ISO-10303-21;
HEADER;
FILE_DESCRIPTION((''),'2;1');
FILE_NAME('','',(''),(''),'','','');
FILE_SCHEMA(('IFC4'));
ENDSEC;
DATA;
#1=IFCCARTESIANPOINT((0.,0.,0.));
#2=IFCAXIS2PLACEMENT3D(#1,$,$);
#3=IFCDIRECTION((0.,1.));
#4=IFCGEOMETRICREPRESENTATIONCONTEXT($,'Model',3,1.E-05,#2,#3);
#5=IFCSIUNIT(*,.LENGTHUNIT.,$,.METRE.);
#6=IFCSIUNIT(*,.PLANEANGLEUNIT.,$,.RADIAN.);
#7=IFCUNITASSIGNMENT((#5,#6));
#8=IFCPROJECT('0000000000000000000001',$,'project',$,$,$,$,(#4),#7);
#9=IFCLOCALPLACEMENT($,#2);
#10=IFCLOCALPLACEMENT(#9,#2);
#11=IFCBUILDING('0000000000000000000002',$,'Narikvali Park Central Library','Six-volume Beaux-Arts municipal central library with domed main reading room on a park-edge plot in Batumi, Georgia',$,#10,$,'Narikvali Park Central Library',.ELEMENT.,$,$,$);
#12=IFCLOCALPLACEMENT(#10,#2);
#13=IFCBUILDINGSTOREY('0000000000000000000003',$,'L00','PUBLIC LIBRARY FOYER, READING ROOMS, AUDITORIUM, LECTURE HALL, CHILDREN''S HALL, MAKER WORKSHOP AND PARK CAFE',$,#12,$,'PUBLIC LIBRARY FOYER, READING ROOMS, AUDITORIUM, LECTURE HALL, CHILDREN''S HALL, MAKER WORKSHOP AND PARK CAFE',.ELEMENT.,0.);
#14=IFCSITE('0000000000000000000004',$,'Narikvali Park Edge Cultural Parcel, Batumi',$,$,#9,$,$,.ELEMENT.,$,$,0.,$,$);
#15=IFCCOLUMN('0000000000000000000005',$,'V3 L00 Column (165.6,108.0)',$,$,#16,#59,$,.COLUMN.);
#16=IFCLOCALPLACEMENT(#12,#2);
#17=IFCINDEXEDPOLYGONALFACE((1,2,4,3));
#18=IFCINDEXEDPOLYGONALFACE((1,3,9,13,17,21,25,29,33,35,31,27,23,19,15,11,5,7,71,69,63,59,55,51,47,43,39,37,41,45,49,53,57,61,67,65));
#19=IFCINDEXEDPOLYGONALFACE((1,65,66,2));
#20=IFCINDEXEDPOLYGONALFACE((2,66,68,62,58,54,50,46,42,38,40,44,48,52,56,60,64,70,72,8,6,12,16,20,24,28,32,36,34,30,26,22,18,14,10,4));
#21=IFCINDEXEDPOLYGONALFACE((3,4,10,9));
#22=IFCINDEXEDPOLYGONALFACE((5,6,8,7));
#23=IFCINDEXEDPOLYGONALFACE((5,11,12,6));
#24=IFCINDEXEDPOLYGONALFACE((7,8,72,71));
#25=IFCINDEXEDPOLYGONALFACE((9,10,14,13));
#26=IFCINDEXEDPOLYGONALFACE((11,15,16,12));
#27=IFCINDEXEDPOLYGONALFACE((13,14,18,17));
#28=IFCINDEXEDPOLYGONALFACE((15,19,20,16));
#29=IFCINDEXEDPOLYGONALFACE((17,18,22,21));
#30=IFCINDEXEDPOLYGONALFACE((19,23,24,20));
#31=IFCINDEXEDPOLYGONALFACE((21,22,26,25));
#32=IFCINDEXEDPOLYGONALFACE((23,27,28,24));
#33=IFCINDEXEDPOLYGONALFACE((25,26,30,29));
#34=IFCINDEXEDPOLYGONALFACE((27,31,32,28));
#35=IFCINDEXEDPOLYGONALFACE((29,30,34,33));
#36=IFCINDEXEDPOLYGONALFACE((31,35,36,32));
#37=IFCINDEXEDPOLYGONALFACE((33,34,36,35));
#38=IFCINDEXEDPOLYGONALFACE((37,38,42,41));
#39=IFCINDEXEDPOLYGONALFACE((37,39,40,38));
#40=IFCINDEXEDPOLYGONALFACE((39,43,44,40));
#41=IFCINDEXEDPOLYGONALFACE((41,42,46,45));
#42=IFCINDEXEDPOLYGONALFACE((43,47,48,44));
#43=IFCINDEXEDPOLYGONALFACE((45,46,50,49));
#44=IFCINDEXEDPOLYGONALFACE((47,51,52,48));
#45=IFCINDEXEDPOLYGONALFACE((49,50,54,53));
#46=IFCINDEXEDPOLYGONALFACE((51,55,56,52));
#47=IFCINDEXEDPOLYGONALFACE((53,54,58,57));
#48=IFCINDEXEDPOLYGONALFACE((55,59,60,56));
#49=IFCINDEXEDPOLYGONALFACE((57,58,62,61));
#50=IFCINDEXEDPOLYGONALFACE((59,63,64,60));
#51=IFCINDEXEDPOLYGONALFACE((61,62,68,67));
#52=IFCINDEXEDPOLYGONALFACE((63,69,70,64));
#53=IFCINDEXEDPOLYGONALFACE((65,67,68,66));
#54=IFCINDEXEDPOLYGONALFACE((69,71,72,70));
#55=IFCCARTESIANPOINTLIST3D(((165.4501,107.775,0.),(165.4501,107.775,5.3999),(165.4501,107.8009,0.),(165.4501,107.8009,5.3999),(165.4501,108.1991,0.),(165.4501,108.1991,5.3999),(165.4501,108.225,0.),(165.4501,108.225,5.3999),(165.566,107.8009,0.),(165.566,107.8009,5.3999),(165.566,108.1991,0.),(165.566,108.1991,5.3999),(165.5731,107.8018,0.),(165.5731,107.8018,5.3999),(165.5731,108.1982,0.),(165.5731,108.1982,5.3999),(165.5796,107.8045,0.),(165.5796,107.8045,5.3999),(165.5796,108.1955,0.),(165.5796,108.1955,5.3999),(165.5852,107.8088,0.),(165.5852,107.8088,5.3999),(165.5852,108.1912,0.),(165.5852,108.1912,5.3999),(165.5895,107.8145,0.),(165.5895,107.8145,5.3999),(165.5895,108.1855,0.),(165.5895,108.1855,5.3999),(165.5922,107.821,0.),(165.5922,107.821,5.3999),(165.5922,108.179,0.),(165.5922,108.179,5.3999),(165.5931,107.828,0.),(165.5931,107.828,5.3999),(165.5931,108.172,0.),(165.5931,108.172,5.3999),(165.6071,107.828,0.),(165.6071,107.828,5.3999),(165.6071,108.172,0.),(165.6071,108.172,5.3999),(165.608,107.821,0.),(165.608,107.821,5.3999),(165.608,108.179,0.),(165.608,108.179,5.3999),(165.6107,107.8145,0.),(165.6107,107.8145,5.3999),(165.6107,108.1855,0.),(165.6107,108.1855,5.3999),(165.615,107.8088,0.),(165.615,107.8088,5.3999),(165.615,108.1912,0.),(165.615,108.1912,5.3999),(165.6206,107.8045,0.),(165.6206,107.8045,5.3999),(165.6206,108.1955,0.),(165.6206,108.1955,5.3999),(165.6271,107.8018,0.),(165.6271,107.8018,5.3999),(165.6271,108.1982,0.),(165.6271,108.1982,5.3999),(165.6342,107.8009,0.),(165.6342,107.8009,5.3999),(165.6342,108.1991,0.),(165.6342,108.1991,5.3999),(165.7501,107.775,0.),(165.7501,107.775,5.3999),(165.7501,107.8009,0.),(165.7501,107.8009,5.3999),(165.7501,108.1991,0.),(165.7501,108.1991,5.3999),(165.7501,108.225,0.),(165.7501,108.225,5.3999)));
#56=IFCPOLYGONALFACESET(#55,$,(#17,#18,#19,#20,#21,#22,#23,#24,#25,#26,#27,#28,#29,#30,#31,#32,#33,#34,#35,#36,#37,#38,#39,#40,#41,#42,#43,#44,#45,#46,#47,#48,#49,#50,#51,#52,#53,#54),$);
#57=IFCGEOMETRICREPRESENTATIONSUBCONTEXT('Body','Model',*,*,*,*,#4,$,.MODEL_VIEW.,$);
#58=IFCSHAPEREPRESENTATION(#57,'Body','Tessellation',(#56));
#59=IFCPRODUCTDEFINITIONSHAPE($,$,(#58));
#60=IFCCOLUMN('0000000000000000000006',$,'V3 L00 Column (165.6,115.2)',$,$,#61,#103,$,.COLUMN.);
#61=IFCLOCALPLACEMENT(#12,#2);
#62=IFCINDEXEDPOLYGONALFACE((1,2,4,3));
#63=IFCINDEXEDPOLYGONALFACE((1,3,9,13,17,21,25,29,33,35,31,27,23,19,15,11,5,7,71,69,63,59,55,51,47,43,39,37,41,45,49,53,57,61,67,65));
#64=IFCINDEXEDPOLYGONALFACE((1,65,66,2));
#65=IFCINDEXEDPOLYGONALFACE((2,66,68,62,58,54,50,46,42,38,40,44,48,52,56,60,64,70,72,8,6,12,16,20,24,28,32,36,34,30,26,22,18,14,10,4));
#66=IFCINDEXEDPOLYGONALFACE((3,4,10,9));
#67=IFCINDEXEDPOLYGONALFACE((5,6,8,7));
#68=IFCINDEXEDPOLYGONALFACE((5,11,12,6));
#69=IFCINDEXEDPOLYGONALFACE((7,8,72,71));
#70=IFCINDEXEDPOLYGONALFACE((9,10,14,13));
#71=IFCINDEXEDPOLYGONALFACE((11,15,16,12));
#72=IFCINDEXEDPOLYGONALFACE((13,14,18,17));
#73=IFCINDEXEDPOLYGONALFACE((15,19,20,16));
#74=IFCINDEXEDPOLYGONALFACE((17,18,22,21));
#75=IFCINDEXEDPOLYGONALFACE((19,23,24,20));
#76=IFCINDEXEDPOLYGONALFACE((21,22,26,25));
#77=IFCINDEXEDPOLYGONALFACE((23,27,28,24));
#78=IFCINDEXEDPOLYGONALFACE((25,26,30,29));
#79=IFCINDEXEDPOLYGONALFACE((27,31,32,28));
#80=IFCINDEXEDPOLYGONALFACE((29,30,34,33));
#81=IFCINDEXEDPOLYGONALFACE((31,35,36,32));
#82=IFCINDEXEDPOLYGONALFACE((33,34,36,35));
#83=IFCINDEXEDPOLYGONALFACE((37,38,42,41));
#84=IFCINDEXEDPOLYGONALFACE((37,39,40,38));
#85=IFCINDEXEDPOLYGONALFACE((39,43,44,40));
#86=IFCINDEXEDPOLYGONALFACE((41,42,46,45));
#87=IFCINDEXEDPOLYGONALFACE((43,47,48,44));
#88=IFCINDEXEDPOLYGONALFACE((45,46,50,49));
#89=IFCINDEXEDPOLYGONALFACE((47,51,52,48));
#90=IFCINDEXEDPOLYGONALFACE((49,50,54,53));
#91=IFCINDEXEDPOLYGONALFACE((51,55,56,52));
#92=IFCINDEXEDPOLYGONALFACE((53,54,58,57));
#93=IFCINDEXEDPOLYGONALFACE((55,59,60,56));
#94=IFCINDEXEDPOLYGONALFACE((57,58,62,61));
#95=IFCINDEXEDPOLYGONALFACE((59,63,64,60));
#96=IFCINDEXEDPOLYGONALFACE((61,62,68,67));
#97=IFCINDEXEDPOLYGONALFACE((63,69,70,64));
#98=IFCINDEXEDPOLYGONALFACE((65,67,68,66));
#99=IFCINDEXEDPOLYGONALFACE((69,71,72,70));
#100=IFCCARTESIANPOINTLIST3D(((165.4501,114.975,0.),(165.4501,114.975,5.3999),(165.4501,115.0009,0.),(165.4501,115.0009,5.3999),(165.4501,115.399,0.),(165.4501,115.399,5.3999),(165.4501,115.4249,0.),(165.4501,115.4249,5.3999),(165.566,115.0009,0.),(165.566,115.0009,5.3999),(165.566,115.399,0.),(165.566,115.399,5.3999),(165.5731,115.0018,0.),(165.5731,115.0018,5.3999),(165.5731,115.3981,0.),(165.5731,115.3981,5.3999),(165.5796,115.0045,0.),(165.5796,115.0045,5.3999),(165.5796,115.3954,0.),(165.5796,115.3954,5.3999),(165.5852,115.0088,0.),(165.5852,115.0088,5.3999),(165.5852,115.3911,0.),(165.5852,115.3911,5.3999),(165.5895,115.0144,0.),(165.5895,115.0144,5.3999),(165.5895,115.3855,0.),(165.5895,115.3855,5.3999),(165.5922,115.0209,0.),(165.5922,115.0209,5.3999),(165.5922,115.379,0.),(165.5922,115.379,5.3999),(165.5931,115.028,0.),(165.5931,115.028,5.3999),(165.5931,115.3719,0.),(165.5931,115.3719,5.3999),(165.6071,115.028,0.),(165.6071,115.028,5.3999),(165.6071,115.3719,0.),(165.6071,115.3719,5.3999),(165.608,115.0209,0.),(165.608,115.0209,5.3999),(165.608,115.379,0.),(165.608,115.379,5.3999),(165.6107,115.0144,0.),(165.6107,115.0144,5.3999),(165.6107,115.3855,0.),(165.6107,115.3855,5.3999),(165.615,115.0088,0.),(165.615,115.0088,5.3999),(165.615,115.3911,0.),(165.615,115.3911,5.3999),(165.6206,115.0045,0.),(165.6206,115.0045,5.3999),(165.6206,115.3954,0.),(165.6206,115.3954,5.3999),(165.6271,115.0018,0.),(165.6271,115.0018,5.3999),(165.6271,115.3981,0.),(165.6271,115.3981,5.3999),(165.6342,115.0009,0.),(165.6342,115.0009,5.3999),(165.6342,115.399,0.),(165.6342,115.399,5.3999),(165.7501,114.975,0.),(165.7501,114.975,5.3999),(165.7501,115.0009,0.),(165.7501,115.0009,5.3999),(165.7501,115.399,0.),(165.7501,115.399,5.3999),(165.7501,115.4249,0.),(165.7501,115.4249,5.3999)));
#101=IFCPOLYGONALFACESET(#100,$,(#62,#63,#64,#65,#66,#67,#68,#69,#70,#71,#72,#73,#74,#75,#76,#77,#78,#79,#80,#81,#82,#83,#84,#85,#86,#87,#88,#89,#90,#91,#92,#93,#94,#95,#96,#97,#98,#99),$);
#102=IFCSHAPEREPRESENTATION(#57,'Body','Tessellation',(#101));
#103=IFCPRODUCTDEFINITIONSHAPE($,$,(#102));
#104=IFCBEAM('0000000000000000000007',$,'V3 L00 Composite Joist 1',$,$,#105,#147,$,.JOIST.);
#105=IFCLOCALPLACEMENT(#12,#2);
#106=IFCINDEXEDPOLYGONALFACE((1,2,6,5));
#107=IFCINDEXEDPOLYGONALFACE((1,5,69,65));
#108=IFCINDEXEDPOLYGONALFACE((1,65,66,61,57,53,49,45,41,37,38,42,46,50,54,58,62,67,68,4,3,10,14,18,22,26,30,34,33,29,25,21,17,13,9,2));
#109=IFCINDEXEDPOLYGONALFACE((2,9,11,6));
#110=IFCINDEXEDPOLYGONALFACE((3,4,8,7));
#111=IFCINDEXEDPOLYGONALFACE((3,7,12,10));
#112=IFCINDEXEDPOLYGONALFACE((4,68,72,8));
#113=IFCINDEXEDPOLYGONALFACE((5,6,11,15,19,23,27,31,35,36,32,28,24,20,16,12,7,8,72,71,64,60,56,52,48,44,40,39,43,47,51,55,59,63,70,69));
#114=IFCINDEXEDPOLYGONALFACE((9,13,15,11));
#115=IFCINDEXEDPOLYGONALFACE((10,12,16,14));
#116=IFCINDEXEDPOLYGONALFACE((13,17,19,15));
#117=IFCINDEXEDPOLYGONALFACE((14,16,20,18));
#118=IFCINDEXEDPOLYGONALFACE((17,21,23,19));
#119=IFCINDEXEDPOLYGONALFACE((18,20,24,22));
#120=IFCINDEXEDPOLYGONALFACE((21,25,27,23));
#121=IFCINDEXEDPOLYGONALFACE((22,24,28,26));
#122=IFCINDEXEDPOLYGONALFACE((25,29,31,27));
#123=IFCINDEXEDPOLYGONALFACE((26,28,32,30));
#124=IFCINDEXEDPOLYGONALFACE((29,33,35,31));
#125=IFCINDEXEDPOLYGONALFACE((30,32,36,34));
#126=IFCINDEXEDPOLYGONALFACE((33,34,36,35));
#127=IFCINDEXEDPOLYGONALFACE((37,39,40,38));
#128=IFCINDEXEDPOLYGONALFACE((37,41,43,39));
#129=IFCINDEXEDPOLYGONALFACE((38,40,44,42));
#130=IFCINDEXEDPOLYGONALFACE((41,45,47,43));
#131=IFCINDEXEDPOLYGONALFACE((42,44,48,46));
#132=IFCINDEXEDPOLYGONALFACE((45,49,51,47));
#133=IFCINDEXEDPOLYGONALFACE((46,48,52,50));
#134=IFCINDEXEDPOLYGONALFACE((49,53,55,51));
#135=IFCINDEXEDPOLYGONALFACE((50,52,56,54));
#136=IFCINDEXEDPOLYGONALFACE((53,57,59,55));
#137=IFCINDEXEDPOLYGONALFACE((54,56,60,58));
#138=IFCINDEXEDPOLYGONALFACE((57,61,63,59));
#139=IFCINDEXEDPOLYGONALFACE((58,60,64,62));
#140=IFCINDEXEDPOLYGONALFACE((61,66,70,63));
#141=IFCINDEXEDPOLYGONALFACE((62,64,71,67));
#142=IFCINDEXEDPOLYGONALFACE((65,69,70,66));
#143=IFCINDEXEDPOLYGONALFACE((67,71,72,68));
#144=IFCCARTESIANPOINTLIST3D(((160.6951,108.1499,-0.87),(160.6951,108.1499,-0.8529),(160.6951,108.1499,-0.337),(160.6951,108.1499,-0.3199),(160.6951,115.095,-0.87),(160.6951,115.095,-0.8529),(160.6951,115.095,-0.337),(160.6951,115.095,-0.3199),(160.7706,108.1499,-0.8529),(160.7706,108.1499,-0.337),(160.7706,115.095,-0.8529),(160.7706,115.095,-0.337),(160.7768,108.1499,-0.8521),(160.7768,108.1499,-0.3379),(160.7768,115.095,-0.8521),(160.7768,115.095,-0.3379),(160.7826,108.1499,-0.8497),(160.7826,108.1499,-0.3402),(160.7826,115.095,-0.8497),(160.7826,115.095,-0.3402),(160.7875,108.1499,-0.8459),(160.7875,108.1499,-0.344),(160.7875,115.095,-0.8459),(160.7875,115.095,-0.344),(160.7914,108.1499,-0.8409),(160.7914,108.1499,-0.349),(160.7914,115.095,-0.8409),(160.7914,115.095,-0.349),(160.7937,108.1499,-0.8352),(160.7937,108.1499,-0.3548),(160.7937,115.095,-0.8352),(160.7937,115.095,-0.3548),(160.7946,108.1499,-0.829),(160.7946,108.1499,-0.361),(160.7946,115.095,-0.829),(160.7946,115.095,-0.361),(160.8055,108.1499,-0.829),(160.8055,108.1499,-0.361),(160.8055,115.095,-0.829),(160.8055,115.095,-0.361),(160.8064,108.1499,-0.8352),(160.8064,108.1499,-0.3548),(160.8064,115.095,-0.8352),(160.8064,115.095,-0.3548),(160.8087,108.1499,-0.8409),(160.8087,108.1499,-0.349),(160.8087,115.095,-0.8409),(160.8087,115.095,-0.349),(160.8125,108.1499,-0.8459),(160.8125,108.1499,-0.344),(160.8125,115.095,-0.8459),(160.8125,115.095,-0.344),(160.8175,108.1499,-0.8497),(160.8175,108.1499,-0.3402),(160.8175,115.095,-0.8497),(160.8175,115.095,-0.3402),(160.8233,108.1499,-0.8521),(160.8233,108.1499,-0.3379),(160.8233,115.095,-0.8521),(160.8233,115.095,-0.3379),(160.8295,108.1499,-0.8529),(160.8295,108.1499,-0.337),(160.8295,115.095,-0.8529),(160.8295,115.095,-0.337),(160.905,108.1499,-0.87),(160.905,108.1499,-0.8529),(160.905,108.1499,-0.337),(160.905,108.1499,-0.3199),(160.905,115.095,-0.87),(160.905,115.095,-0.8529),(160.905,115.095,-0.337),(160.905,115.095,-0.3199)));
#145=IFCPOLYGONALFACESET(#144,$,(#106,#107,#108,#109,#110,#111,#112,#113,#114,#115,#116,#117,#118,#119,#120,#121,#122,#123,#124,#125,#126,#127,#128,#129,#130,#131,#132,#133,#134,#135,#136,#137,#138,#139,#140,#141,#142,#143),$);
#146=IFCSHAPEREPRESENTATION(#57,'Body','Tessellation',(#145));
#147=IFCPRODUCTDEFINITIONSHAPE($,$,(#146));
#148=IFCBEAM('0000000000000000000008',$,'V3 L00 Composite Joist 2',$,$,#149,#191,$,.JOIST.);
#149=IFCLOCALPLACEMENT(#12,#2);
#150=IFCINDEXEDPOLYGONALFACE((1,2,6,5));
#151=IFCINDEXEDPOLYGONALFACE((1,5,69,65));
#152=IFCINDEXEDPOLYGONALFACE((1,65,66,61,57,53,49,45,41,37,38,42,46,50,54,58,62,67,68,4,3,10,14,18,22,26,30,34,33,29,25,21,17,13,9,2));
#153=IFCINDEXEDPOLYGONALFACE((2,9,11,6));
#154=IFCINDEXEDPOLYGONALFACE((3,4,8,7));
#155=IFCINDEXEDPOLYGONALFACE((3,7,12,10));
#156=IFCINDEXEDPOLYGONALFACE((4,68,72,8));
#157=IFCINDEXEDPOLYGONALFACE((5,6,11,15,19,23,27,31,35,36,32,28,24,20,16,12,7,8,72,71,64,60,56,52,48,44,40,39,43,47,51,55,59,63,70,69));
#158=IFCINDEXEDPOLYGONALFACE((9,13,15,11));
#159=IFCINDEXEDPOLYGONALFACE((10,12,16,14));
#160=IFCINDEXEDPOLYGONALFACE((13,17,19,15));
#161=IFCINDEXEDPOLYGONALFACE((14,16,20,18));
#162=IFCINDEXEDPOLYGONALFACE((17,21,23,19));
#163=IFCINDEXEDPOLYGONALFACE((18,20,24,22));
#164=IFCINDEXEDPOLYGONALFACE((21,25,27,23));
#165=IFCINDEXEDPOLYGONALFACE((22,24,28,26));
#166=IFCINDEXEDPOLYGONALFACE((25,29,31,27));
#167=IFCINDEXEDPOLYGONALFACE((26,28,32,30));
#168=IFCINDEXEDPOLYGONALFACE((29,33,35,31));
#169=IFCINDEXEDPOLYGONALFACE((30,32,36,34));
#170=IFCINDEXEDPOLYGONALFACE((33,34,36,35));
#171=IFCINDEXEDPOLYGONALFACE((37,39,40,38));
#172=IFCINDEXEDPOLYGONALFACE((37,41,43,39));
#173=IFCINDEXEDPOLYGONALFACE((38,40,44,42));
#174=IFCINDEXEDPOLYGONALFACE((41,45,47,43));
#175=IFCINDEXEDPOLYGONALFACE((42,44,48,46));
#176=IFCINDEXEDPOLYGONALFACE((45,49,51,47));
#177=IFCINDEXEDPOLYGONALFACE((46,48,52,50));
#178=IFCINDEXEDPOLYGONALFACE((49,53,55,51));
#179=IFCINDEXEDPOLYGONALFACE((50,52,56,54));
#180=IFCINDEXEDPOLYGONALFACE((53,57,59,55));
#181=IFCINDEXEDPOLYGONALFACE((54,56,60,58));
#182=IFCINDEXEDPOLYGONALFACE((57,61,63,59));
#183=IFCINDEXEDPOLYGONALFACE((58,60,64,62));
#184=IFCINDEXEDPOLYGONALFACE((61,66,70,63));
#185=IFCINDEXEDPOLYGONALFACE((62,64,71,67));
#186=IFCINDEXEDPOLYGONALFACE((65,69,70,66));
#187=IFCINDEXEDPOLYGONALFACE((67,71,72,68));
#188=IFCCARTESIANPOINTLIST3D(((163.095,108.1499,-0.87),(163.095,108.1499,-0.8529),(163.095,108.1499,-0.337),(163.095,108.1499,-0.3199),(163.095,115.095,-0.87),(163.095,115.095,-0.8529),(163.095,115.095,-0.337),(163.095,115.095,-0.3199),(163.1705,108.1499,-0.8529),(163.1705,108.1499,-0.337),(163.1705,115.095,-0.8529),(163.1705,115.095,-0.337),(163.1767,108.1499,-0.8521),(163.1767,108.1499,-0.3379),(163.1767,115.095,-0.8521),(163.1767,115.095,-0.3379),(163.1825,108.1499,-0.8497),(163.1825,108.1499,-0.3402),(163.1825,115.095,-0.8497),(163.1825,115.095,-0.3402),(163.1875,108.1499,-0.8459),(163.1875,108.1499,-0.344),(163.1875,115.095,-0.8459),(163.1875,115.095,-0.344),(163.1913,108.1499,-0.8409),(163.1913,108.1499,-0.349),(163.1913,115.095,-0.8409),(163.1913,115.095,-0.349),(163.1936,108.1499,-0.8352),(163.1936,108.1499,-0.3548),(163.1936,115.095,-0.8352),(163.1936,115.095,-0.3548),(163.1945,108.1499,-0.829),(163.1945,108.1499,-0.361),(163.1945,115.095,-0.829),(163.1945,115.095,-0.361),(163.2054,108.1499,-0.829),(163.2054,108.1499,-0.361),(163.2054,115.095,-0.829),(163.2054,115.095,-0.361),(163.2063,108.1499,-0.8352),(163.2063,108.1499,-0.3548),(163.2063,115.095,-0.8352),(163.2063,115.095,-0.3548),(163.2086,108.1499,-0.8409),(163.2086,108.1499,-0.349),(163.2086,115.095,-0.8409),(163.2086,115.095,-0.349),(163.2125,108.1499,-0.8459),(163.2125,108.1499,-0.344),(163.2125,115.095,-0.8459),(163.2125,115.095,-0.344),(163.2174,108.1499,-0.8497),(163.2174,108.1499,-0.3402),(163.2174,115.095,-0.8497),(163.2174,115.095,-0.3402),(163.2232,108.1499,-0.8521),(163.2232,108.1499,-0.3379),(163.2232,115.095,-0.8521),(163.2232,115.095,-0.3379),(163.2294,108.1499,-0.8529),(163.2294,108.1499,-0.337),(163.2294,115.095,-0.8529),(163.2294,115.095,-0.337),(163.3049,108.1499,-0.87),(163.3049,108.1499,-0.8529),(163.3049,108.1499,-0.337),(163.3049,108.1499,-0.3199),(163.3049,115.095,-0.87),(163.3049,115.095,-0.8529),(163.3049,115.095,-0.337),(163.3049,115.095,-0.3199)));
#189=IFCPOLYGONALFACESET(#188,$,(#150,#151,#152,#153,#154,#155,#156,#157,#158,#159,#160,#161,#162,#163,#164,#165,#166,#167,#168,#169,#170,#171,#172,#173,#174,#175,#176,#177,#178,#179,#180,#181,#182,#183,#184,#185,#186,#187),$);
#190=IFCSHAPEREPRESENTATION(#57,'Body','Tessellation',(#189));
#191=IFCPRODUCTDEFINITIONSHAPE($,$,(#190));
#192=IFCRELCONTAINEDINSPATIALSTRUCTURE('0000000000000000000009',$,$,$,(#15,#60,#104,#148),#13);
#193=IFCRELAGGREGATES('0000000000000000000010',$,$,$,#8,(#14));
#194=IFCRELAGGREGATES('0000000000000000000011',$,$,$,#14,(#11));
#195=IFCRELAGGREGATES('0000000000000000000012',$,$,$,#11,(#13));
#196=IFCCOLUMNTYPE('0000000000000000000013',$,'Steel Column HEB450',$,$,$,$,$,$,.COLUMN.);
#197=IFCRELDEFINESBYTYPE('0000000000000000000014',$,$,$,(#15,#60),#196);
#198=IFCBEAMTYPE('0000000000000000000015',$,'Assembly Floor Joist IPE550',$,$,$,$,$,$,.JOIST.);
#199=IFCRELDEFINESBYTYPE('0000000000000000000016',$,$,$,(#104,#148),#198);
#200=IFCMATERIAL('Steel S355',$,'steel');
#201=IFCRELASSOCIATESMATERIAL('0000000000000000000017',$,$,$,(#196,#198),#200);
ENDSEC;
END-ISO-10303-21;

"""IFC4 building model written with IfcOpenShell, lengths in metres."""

from ifc_helpers import new_model, si_unit, direction, frame, origin, origin_2d, place, context, subcontext, project, spatial, i_section, extrude, material, material_profile, profile_set, type_object, element, save


model = new_model("IFC4")

# Units and contexts
model_context = context("Model", 3, precision=1e-05, world=origin(), true_north=direction((0.0, 1.0)))
body_context = subcontext(model_context, "Body", "Model", "MODEL_VIEW")
ifc_project = project(units=[si_unit("LENGTHUNIT", "METRE"), si_unit("PLANEANGLEUNIT", "RADIAN")], contexts=[model_context])

# Site, building, storey
site_placement = place(None, origin())
site = spatial("IfcSite", under=ifc_project, at=site_placement, Name="Narikvali Park Edge Cultural Parcel, Batumi", CompositionType="ELEMENT", RefElevation=0.0)
building_placement = place(site_placement, origin())
building = spatial("IfcBuilding", under=site, at=building_placement, Name="Narikvali Park Central Library", Description="Six-volume Beaux-Arts municipal central library with domed main reading room on a park-edge plot in Batumi, Georgia", LongName="Narikvali Park Central Library", CompositionType="ELEMENT")
storey_placement = place(building_placement, origin())
storey = spatial("IfcBuildingStorey", under=building, at=storey_placement, Name="L00", Description="PUBLIC LIBRARY FOYER, READING ROOMS, AUDITORIUM, LECTURE HALL, CHILDREN'S HALL, MAKER WORKSHOP AND PARK CAFE", LongName="PUBLIC LIBRARY FOYER, READING ROOMS, AUDITORIUM, LECTURE HALL, CHILDREN'S HALL, MAKER WORKSHOP AND PARK CAFE", CompositionType="ELEMENT", Elevation=0.0)

# Columns
ifc_material_1 = material(Name="Steel S355", Category="steel")
ifc_material_profile_1 = material_profile(ifc_material_1, i_section(OverallWidth=0.3, OverallDepth=0.45, WebThickness=0.0139, FlangeThickness=0.0259, FilletRadius=0.0271, at=origin_2d()), Name="HEB 450")
ifc_profile_set_1 = profile_set([ifc_material_profile_1], Name="Steel S355")
column_type = type_object("IfcColumnType", Name="Steel Column HEB450", PredefinedType="COLUMN", material=ifc_profile_set_1)
for number, where, z_axis, x_axis, name in (
    (1, (165.6001, 108.0, 0.0), (0.0, 0.0, 1.0), (1.0, 0.0, 0.0), "V3 L00 Column (165.6,108.0)"),
    (2, (165.6001, 115.2, 0.0), (0.0, 0.0, 1.0), (1.0, 0.0, 0.0), "V3 L00 Column (165.6,115.2)"),
):
    element("IfcColumn", number, at=place(storey_placement, frame(where, z_axis=z_axis, x_axis=x_axis)), inside=storey, type_object=column_type, Name=name, PredefinedType="COLUMN", context=body_context, shape_type="SweptSolid", body=[
        extrude(i_section(OverallWidth=0.3, OverallDepth=0.45, WebThickness=0.0139, FlangeThickness=0.0259, FilletRadius=0.0271, at=origin_2d()), origin(), (0.0, 0.0, 1.0), 5.3999),
    ])

# Beams
ifc_material_profile_2 = material_profile(ifc_material_1, i_section(OverallWidth=0.21, OverallDepth=0.55, WebThickness=0.011, FlangeThickness=0.0171, FilletRadius=0.0239, at=origin_2d()), Name="IPE 550")
ifc_profile_set_2 = profile_set([ifc_material_profile_2], Name="Steel S355")
beam_type_1 = type_object("IfcBeamType", Name="Assembly Floor Joist IPE550", PredefinedType="JOIST", material=ifc_profile_set_2)
for number, where, z_axis, x_axis, name in (
    (3, (160.8, 108.1499, -0.595), (0.0, 1.0, 0.0), (-1.0, 0.0, 0.0), "V3 L00 Composite Joist 1"),
    (4, (163.2, 108.1499, -0.595), (0.0, 1.0, 0.0), (-1.0, 0.0, 0.0), "V3 L00 Composite Joist 2"),
):
    element("IfcBeam", number, at=place(storey_placement, frame(where, z_axis=z_axis, x_axis=x_axis)), inside=storey, type_object=beam_type_1, Name=name, PredefinedType="JOIST", context=body_context, shape_type="SweptSolid", body=[
        extrude(i_section(OverallWidth=0.21, OverallDepth=0.55, WebThickness=0.011, FlangeThickness=0.0171, FilletRadius=0.0239, at=origin_2d()), origin(), (0.0, 0.0, 1.0), 6.9451),
    ])

save(model, "model.ifc")
